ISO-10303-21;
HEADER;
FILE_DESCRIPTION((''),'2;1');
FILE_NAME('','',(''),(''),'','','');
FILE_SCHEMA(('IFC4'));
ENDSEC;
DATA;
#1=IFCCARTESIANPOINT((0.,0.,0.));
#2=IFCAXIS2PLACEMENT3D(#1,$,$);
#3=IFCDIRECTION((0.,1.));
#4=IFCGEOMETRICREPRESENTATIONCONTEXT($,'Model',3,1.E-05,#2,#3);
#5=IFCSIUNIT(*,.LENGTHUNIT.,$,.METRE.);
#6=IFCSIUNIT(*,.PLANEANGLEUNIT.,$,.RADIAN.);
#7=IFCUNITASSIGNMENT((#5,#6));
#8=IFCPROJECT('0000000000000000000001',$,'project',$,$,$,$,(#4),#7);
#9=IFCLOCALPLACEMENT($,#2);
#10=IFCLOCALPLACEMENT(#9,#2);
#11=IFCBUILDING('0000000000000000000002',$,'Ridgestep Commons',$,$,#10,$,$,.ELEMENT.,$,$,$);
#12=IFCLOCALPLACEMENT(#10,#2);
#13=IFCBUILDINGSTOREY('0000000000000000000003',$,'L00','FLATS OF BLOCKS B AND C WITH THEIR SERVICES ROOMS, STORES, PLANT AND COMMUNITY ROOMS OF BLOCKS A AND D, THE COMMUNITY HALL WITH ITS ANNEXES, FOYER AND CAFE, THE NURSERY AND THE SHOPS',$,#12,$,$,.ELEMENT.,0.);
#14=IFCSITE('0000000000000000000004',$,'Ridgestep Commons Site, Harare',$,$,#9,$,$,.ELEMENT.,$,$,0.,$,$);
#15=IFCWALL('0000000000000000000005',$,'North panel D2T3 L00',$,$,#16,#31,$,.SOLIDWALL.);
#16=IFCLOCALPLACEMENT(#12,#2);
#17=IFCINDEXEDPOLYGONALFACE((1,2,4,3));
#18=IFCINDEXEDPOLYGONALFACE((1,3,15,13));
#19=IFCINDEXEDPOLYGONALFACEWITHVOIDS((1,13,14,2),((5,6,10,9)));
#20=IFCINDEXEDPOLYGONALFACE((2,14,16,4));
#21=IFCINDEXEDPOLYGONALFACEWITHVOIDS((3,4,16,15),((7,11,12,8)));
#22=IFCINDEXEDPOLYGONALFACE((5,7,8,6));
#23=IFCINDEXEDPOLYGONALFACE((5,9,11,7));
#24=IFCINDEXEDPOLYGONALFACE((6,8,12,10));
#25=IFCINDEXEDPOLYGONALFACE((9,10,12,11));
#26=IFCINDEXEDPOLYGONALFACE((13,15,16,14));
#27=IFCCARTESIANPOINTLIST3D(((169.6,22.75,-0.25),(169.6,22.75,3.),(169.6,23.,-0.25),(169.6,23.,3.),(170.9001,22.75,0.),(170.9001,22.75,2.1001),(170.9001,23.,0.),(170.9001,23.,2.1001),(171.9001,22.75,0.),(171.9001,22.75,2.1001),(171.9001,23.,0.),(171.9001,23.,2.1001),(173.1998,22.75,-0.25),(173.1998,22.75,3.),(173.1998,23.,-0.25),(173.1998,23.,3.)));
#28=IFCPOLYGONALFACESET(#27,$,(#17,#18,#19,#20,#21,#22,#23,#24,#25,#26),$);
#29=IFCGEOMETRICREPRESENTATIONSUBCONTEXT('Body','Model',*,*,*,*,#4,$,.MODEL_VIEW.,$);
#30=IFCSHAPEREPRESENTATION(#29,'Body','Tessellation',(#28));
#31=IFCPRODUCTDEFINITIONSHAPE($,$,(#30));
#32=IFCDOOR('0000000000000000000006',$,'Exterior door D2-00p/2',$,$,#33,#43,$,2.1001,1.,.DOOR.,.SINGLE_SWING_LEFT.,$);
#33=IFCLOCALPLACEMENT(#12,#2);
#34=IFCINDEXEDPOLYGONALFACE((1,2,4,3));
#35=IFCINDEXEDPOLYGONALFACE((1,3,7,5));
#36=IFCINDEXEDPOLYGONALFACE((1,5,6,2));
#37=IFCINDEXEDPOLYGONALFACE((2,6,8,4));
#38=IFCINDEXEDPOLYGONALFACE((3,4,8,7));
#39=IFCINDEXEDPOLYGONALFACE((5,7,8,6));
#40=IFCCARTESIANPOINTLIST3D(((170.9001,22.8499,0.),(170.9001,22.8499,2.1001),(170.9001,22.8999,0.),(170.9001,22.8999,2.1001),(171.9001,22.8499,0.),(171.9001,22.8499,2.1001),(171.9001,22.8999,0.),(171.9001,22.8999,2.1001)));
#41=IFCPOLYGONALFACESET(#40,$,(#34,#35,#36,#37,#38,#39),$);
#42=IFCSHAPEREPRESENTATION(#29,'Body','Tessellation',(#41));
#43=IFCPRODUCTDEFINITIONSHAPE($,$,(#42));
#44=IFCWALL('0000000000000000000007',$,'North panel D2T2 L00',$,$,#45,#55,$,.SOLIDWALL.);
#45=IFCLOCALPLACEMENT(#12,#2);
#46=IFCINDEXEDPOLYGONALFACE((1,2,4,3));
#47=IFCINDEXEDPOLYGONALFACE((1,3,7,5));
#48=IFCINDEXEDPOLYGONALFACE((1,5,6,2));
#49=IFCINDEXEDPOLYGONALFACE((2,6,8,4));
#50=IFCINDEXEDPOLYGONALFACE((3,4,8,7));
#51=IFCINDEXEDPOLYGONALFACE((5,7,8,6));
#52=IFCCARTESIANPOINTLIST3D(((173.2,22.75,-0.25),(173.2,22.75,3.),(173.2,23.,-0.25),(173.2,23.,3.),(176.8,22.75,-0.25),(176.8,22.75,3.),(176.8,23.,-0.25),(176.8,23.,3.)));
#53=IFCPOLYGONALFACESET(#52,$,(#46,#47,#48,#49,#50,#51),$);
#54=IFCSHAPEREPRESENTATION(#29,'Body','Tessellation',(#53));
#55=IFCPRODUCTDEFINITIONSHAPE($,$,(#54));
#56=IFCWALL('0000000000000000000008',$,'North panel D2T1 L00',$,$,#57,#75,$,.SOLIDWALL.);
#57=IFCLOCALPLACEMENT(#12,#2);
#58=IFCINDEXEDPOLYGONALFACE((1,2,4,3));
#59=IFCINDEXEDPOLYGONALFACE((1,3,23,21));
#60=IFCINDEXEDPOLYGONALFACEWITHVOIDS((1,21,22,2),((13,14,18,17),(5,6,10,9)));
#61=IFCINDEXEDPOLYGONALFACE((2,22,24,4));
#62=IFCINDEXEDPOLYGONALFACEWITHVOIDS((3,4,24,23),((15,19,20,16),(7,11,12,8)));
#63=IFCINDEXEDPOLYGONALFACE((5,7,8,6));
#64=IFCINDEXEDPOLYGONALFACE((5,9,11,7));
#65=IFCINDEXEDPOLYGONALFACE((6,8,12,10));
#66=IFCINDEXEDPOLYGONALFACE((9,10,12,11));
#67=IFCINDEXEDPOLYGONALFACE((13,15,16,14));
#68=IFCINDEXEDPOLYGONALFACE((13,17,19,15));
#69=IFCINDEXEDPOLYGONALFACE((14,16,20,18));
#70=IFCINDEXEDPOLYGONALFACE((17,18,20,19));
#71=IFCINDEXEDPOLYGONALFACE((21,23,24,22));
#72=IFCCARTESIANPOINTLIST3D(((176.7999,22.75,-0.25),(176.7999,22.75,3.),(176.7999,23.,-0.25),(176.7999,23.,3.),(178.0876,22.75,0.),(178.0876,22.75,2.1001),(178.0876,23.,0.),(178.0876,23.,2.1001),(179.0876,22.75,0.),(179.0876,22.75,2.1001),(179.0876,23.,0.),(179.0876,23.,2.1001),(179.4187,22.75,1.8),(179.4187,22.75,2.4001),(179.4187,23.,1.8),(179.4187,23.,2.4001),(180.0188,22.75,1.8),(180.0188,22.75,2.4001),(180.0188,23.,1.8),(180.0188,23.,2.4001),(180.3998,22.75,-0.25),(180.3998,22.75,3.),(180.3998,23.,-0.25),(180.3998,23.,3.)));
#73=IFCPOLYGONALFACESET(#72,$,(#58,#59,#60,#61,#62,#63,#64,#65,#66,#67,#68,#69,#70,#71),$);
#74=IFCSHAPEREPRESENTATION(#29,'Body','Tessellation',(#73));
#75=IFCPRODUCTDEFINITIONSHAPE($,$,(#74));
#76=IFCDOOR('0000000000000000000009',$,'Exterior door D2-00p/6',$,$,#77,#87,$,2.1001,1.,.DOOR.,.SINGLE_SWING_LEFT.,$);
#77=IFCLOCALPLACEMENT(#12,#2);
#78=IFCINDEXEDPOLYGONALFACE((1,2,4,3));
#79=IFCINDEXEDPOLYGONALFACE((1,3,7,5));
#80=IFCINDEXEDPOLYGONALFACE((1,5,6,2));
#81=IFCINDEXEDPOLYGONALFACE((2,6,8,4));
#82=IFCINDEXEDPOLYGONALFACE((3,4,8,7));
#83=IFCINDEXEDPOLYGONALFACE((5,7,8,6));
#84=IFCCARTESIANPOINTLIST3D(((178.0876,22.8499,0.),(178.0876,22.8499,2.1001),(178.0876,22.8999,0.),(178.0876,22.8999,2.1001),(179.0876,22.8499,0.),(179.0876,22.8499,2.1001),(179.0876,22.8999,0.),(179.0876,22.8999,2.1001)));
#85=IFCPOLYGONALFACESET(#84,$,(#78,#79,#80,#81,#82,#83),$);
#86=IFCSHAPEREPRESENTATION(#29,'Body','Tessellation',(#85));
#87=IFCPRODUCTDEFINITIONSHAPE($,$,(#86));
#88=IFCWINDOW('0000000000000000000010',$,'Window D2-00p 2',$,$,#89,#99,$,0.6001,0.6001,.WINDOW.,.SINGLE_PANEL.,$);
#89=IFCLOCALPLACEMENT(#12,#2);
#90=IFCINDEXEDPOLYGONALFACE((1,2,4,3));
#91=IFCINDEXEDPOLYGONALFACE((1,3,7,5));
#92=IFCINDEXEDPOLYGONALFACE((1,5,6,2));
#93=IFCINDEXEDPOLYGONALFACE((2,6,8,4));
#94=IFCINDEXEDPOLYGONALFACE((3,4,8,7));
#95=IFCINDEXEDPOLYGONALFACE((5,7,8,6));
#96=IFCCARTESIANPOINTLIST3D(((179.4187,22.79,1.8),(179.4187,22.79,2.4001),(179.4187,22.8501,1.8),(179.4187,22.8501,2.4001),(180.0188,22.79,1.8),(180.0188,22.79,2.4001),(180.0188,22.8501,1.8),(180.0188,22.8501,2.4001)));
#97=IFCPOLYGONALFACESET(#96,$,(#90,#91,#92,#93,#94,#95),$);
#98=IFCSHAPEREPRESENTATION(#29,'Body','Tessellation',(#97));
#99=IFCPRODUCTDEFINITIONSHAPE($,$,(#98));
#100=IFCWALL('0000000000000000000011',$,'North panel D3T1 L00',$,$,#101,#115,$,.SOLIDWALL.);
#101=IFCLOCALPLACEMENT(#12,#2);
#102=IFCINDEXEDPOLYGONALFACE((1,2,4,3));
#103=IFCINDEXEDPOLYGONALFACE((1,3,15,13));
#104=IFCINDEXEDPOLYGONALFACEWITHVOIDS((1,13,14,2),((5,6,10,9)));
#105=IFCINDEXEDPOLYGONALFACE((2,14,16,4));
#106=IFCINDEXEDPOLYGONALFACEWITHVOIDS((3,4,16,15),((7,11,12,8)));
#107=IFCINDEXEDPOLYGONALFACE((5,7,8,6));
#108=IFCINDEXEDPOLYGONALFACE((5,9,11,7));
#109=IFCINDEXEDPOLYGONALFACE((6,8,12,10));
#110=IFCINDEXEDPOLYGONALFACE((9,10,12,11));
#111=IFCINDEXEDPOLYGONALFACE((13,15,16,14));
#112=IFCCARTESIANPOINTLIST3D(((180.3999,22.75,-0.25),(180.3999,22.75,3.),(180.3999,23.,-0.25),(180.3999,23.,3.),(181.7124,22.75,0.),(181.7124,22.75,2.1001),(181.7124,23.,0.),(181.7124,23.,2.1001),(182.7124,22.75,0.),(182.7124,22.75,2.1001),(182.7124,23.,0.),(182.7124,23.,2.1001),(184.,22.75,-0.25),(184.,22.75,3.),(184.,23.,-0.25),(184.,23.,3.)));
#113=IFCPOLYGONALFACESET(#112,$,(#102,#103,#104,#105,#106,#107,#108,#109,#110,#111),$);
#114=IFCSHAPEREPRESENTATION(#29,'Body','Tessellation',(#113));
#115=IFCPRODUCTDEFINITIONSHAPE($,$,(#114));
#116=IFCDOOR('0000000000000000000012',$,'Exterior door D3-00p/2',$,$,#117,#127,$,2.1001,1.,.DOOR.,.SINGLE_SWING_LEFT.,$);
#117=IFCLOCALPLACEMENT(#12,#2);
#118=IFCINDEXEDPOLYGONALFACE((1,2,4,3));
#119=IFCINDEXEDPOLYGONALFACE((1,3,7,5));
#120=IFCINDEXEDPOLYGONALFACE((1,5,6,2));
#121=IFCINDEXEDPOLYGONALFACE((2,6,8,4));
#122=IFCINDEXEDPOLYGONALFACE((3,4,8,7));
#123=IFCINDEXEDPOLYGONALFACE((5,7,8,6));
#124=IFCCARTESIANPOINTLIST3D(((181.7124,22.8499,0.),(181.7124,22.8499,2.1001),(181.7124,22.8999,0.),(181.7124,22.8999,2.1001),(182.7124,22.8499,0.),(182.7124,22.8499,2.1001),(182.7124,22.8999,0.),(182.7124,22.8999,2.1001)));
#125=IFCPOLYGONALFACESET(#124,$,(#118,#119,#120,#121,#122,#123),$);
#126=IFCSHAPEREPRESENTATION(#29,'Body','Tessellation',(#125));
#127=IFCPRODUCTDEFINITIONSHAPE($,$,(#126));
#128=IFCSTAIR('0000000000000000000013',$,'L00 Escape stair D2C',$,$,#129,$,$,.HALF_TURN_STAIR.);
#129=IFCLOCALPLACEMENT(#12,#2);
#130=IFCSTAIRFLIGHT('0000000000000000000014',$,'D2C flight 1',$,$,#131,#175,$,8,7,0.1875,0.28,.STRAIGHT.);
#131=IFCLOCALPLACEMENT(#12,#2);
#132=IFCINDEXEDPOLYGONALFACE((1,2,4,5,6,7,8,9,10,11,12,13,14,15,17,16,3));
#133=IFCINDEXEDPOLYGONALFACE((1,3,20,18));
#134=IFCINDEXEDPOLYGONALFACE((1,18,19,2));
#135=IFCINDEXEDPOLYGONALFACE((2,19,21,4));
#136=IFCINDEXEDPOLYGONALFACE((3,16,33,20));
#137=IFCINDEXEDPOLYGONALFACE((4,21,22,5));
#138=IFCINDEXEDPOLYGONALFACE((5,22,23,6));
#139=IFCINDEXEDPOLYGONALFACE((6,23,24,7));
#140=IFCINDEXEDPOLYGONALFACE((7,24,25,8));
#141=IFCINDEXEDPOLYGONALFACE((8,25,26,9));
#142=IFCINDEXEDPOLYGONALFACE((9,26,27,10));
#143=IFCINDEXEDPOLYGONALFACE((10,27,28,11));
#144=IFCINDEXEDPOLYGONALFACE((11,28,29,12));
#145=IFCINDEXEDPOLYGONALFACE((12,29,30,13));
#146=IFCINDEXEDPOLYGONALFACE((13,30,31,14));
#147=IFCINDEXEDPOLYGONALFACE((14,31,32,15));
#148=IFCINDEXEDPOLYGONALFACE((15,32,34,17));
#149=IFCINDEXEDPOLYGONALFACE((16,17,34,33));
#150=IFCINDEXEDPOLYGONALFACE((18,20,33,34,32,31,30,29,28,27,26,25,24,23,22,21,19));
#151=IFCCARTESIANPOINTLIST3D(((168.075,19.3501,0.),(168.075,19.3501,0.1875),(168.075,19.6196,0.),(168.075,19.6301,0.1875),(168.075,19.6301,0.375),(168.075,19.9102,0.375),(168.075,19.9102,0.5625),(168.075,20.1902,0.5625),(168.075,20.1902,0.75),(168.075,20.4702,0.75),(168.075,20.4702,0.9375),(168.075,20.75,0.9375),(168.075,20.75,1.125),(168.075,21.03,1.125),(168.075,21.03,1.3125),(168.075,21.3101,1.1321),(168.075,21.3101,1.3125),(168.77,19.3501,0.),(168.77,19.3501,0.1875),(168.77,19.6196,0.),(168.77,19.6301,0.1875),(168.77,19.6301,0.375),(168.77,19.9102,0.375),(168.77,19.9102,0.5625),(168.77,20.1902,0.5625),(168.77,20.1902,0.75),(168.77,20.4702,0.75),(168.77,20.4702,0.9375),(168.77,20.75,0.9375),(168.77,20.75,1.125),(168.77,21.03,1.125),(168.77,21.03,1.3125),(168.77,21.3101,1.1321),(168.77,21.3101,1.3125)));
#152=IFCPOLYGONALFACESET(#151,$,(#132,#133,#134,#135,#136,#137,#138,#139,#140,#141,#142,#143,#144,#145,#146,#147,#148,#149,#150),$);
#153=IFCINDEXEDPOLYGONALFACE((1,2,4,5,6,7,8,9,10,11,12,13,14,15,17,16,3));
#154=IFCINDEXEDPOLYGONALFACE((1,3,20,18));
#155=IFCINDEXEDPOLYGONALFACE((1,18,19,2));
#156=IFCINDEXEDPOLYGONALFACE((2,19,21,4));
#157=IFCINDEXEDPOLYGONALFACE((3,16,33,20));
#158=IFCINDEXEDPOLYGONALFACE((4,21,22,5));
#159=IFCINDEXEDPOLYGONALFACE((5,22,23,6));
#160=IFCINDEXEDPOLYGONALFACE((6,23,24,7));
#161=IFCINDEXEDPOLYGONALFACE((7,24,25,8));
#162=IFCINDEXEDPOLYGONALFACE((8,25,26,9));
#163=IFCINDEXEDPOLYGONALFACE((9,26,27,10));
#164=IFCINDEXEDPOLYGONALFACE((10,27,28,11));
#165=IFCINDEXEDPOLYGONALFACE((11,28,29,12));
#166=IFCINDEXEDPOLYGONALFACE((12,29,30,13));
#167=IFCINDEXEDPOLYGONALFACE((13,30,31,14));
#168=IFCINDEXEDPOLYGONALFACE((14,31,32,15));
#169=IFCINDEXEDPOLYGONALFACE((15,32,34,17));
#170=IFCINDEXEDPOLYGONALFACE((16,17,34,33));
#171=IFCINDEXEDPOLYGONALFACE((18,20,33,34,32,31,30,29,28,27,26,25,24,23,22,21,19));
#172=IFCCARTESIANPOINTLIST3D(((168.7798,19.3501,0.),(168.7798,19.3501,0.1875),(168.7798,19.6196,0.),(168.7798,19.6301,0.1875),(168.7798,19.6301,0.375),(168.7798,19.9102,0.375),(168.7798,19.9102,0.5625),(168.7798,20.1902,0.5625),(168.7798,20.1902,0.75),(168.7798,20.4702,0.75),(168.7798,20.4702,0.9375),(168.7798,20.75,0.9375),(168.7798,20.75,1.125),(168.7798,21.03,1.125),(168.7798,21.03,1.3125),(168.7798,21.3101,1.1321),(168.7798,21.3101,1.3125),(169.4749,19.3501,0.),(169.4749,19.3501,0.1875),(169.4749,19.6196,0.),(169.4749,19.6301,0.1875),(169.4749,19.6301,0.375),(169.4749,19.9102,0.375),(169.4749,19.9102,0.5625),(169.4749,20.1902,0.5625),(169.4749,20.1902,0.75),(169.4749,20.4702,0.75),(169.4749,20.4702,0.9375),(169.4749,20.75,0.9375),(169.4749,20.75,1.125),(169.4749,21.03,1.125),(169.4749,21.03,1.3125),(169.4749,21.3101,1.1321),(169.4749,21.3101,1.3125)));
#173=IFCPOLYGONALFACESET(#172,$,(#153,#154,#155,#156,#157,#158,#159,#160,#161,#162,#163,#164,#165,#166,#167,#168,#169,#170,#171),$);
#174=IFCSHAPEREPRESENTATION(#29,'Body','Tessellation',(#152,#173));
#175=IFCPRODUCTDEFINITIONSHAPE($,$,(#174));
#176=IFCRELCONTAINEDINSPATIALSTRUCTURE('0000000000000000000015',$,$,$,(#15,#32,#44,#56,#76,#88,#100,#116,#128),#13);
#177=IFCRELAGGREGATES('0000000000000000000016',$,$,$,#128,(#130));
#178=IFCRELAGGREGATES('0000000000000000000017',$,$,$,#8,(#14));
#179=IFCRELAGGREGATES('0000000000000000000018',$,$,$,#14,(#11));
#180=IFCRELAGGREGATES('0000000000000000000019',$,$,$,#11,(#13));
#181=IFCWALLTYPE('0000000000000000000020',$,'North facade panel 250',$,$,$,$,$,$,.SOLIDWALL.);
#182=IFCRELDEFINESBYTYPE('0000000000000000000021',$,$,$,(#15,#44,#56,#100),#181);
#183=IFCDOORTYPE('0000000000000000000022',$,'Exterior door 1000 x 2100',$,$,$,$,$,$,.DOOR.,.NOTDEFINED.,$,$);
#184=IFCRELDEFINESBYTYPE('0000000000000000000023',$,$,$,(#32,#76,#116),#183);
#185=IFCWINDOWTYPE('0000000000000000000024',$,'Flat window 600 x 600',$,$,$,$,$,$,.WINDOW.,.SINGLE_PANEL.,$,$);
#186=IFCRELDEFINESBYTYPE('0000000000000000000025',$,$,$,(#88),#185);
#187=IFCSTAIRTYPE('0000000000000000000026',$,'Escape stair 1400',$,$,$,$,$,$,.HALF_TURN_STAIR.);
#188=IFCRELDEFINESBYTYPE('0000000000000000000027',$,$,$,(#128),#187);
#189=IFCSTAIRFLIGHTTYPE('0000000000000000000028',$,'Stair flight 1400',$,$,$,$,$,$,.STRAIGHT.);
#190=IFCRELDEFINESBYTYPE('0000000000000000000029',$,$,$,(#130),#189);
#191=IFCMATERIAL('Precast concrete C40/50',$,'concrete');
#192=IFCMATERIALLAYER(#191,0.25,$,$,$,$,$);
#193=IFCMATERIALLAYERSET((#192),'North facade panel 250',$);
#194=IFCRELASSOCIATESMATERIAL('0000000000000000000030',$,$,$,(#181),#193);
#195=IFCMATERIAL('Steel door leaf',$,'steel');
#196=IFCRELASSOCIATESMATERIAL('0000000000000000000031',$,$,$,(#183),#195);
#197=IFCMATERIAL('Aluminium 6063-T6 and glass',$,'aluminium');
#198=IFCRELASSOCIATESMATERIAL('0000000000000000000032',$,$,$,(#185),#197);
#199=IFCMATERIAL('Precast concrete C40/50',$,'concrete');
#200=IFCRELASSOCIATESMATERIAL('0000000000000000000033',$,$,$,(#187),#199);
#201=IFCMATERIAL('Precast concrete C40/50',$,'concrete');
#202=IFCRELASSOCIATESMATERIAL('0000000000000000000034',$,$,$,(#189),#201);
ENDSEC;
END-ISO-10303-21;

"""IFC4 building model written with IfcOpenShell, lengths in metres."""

from ifc_helpers import new_model, si_unit, direction, frame, frame_2d, origin, place, context, subcontext, project, spatial, polyline, rectangle, outline, extrude, material, layer, layer_set, type_object, element, fill, aggregate, save


model = new_model("IFC4")

# Units and contexts
model_context = context("Model", 3, precision=1e-05, world=origin(), true_north=direction((0.0, 1.0)))
body_context = subcontext(model_context, "Body", "Model", "MODEL_VIEW")
ifc_project = project(units=[si_unit("LENGTHUNIT", "METRE"), si_unit("PLANEANGLEUNIT", "RADIAN")], contexts=[model_context])

# Site, building, storey
site_placement = place(None, origin())
site = spatial("IfcSite", under=ifc_project, at=site_placement, Name="Ridgestep Commons Site, Harare", CompositionType="ELEMENT", RefElevation=0.0)
building_placement = place(site_placement, origin())
building = spatial("IfcBuilding", under=site, at=building_placement, Name="Ridgestep Commons", CompositionType="ELEMENT")
storey_placement = place(building_placement, origin())
storey = spatial("IfcBuildingStorey", under=building, at=storey_placement, Name="L00", Description="FLATS OF BLOCKS B AND C WITH THEIR SERVICES ROOMS, STORES, PLANT AND COMMUNITY ROOMS OF BLOCKS A AND D, THE COMMUNITY HALL WITH ITS ANNEXES, FOYER AND CAFE, THE NURSERY AND THE SHOPS", CompositionType="ELEMENT", Elevation=0.0)

# Wall, opening, door
ifc_material_1 = material(Name="Precast concrete C40/50", Category="concrete")
ifc_layer_1 = layer(ifc_material_1, 0.25)
ifc_layer_set_1 = layer_set([ifc_layer_1], Name="North facade panel 250")
wall_type_1 = type_object("IfcWallType", Name="North facade panel 250", PredefinedType="SOLIDWALL", material=ifc_layer_set_1)
wall_1_placement = place(storey_placement, frame((169.6001, 22.875, -0.25), z_axis=(0.0, 0.0, 1.0), x_axis=(1.0, 0.0, 0.0)))
wall_1 = element("IfcWall", 1, at=wall_1_placement, inside=storey, type_object=wall_type_1, Name="North panel D2T3 L00", PredefinedType="SOLIDWALL", context=body_context, shape_type="SweptSolid", body=[
    extrude(rectangle(XDim=3.5999, YDim=0.25, at=frame_2d((1.7998, 0.0))), origin(), (0.0, 0.0, 1.0), 3.25),
])
opening_1_placement = place(wall_1_placement, frame((1.3, 0.0, 0.25)))
opening_1 = element("IfcOpeningElement", 2, at=opening_1_placement, cuts=wall_1, PredefinedType="OPENING", context=body_context, shape_type="SweptSolid", body=[
    extrude(rectangle(XDim=1.0, YDim=2.1001, at=frame_2d((0.5, 1.05))), frame((0.0, 0.135, 0.0), z_axis=(0.0, -1.0, 0.0), x_axis=(1.0, 0.0, 0.0)), (0.0, 0.0, 1.0), 0.27),
])
ifc_material_2 = material(Name="Steel door leaf", Category="steel")
door_type_1 = type_object("IfcDoorType", Name="Exterior door 1000 x 2100", OperationType="NOTDEFINED", PredefinedType="DOOR", material=ifc_material_2)
door_1_placement = place(opening_1_placement, origin())
door_1 = element("IfcDoor", 3, at=door_1_placement, inside=storey, type_object=door_type_1, Name="Exterior door D2-00p/2", OperationType="SINGLE_SWING_LEFT", OverallHeight=2.1001, OverallWidth=1.0, PredefinedType="DOOR", context=body_context, shape_type="SweptSolid", body=[
    extrude(rectangle(XDim=1.0, YDim=2.1001, at=frame_2d((0.5, 1.05))), frame((0.0, 0.0249, 0.0), z_axis=(0.0, -1.0, 0.0), x_axis=(1.0, 0.0, 0.0)), (0.0, 0.0, 1.0), 0.05),
])
fill(opening_1, door_1)

# Wall
wall_2_placement = place(storey_placement, frame((173.2, 22.875, -0.25), z_axis=(0.0, 0.0, 1.0), x_axis=(1.0, 0.0, 0.0)))
element("IfcWall", 4, at=wall_2_placement, inside=storey, type_object=wall_type_1, Name="North panel D2T2 L00", PredefinedType="SOLIDWALL", context=body_context, shape_type="SweptSolid", body=[
    extrude(rectangle(XDim=3.6001, YDim=0.25, at=frame_2d((1.8, 0.0))), origin(), (0.0, 0.0, 1.0), 3.25),
])

# Wall, openings, door, window
wall_3_placement = place(storey_placement, frame((176.8, 22.875, -0.25), z_axis=(0.0, 0.0, 1.0), x_axis=(1.0, 0.0, 0.0)))
wall_3 = element("IfcWall", 5, at=wall_3_placement, inside=storey, type_object=wall_type_1, Name="North panel D2T1 L00", PredefinedType="SOLIDWALL", context=body_context, shape_type="SweptSolid", body=[
    extrude(rectangle(XDim=3.5999, YDim=0.25, at=frame_2d((1.7998, 0.0))), origin(), (0.0, 0.0, 1.0), 3.25),
])
opening_2_placement = place(wall_3_placement, frame((2.6187, 0.0, 2.05)))
opening_2 = element("IfcOpeningElement", 6, at=opening_2_placement, cuts=wall_3, PredefinedType="OPENING", context=body_context, shape_type="SweptSolid", body=[
    extrude(rectangle(XDim=0.6001, YDim=0.6001, at=frame_2d((0.3, 0.3))), frame((0.0, 0.135, 0.0), z_axis=(0.0, -1.0, 0.0), x_axis=(1.0, 0.0, 0.0)), (0.0, 0.0, 1.0), 0.27),
])
opening_3_placement = place(wall_3_placement, frame((1.2876, 0.0, 0.25)))
opening_3 = element("IfcOpeningElement", 7, at=opening_3_placement, cuts=wall_3, PredefinedType="OPENING", context=body_context, shape_type="SweptSolid", body=[
    extrude(rectangle(XDim=1.0, YDim=2.1001, at=frame_2d((0.5, 1.05))), frame((0.0, 0.135, 0.0), z_axis=(0.0, -1.0, 0.0), x_axis=(1.0, 0.0, 0.0)), (0.0, 0.0, 1.0), 0.27),
])
door_2_placement = place(opening_3_placement, origin())
door_2 = element("IfcDoor", 8, at=door_2_placement, inside=storey, type_object=door_type_1, Name="Exterior door D2-00p/6", OperationType="SINGLE_SWING_LEFT", OverallHeight=2.1001, OverallWidth=1.0, PredefinedType="DOOR", context=body_context, shape_type="SweptSolid", body=[
    extrude(rectangle(XDim=1.0, YDim=2.1001, at=frame_2d((0.5, 1.05))), frame((0.0, 0.0249, 0.0), z_axis=(0.0, -1.0, 0.0), x_axis=(1.0, 0.0, 0.0)), (0.0, 0.0, 1.0), 0.05),
])
fill(opening_3, door_2)
ifc_material_3 = material(Name="Aluminium 6063-T6 and glass", Category="aluminium")
window_type = type_object("IfcWindowType", Name="Flat window 600 x 600", PartitioningType="SINGLE_PANEL", PredefinedType="WINDOW", material=ifc_material_3)
window_placement = place(opening_2_placement, origin())
window = element("IfcWindow", 9, at=window_placement, inside=storey, type_object=window_type, Name="Window D2-00p 2", OverallHeight=0.6001, OverallWidth=0.6001, PartitioningType="SINGLE_PANEL", PredefinedType="WINDOW", context=body_context, shape_type="SweptSolid", body=[
    extrude(rectangle(XDim=0.6001, YDim=0.6001, at=frame_2d((0.3, 0.3))), frame((0.0, -0.0249, 0.0), z_axis=(0.0, -1.0, 0.0), x_axis=(1.0, 0.0, 0.0)), (0.0, 0.0, 1.0), 0.0601),
])
fill(opening_2, window)

# Wall, opening, door
wall_4_placement = place(storey_placement, frame((180.3999, 22.875, -0.25), z_axis=(0.0, 0.0, 1.0), x_axis=(1.0, 0.0, 0.0)))
wall_4 = element("IfcWall", 10, at=wall_4_placement, inside=storey, type_object=wall_type_1, Name="North panel D3T1 L00", PredefinedType="SOLIDWALL", context=body_context, shape_type="SweptSolid", body=[
    extrude(rectangle(XDim=3.6001, YDim=0.25, at=frame_2d((1.8, 0.0))), origin(), (0.0, 0.0, 1.0), 3.25),
])
opening_4_placement = place(wall_4_placement, frame((1.3125, 0.0, 0.25)))
opening_4 = element("IfcOpeningElement", 11, at=opening_4_placement, cuts=wall_4, PredefinedType="OPENING", context=body_context, shape_type="SweptSolid", body=[
    extrude(rectangle(XDim=1.0, YDim=2.1001, at=frame_2d((0.5, 1.05))), frame((0.0, 0.135, 0.0), z_axis=(0.0, -1.0, 0.0), x_axis=(1.0, 0.0, 0.0)), (0.0, 0.0, 1.0), 0.27),
])
door_3_placement = place(opening_4_placement, origin())
door_3 = element("IfcDoor", 12, at=door_3_placement, inside=storey, type_object=door_type_1, Name="Exterior door D3-00p/2", OperationType="SINGLE_SWING_LEFT", OverallHeight=2.1001, OverallWidth=1.0, PredefinedType="DOOR", context=body_context, shape_type="SweptSolid", body=[
    extrude(rectangle(XDim=1.0, YDim=2.1001, at=frame_2d((0.5, 1.05))), frame((0.0, 0.0249, 0.0), z_axis=(0.0, -1.0, 0.0), x_axis=(1.0, 0.0, 0.0)), (0.0, 0.0, 1.0), 0.05),
])
fill(opening_4, door_3)

# Stair, stair flight
ifc_material_4 = material(Name="Precast concrete C40/50", Category="concrete")
stair_type = type_object("IfcStairType", Name="Escape stair 1400", PredefinedType="HALF_TURN_STAIR", material=ifc_material_4)
stair_placement = place(storey_placement, origin())
stair = element("IfcStair", 13, at=stair_placement, inside=storey, type_object=stair_type, Name="L00 Escape stair D2C", PredefinedType="HALF_TURN_STAIR")
ifc_material_5 = material(Name="Precast concrete C40/50", Category="concrete")
stair_flight_type = type_object("IfcStairFlightType", Name="Stair flight 1400", PredefinedType="STRAIGHT", material=ifc_material_5)
stair_flight_placement = place(storey_placement, frame((168.7749, 19.3501, 0.0), z_axis=(0.0, 0.0, 1.0), x_axis=(0.0, 1.0, 0.0)))
stair_flight = element("IfcStairFlight", 14, at=stair_flight_placement, type_object=stair_flight_type, Name="D2C flight 1", NumberOfRisers=8, NumberOfTreads=7, PredefinedType="STRAIGHT", RiserHeight=0.1875, TreadLength=0.28, context=body_context, shape_type="SweptSolid", body=[
    extrude(outline(polyline([(0.0, 0.0), (0.0, 0.1875), (0.28, 0.1875), (0.28, 0.375), (0.5601, 0.375), (0.5601, 0.5625), (0.8401, 0.5625), (0.8401, 0.75), (1.1201, 0.75), (1.1201, 0.9375), (1.3999, 0.9375), (1.3999, 1.125), (1.6799, 1.125), (1.6799, 1.3125), (1.96, 1.3125), (1.96, 1.5), (1.96, 1.1321), (0.2695, 0.0), (0.0, 0.0)])), frame((0.0, 0.7, 0.0), z_axis=(0.0, -1.0, 0.0), x_axis=(1.0, 0.0, 0.0)), (0.0, 0.0, 1.0), 0.6951),
    extrude(outline(polyline([(0.0, 0.0), (0.0, 0.1875), (0.28, 0.1875), (0.28, 0.375), (0.5601, 0.375), (0.5601, 0.5625), (0.8401, 0.5625), (0.8401, 0.75), (1.1201, 0.75), (1.1201, 0.9375), (1.3999, 0.9375), (1.3999, 1.125), (1.6799, 1.125), (1.6799, 1.3125), (1.96, 1.3125), (1.96, 1.5), (1.96, 1.1321), (0.2695, 0.0), (0.0, 0.0)])), frame((0.0, -0.0049, 0.0), z_axis=(0.0, -1.0, 0.0), x_axis=(1.0, 0.0, 0.0)), (0.0, 0.0, 1.0), 0.6951),
])
aggregate(stair, [stair_flight])

save(model, "model.ifc")
